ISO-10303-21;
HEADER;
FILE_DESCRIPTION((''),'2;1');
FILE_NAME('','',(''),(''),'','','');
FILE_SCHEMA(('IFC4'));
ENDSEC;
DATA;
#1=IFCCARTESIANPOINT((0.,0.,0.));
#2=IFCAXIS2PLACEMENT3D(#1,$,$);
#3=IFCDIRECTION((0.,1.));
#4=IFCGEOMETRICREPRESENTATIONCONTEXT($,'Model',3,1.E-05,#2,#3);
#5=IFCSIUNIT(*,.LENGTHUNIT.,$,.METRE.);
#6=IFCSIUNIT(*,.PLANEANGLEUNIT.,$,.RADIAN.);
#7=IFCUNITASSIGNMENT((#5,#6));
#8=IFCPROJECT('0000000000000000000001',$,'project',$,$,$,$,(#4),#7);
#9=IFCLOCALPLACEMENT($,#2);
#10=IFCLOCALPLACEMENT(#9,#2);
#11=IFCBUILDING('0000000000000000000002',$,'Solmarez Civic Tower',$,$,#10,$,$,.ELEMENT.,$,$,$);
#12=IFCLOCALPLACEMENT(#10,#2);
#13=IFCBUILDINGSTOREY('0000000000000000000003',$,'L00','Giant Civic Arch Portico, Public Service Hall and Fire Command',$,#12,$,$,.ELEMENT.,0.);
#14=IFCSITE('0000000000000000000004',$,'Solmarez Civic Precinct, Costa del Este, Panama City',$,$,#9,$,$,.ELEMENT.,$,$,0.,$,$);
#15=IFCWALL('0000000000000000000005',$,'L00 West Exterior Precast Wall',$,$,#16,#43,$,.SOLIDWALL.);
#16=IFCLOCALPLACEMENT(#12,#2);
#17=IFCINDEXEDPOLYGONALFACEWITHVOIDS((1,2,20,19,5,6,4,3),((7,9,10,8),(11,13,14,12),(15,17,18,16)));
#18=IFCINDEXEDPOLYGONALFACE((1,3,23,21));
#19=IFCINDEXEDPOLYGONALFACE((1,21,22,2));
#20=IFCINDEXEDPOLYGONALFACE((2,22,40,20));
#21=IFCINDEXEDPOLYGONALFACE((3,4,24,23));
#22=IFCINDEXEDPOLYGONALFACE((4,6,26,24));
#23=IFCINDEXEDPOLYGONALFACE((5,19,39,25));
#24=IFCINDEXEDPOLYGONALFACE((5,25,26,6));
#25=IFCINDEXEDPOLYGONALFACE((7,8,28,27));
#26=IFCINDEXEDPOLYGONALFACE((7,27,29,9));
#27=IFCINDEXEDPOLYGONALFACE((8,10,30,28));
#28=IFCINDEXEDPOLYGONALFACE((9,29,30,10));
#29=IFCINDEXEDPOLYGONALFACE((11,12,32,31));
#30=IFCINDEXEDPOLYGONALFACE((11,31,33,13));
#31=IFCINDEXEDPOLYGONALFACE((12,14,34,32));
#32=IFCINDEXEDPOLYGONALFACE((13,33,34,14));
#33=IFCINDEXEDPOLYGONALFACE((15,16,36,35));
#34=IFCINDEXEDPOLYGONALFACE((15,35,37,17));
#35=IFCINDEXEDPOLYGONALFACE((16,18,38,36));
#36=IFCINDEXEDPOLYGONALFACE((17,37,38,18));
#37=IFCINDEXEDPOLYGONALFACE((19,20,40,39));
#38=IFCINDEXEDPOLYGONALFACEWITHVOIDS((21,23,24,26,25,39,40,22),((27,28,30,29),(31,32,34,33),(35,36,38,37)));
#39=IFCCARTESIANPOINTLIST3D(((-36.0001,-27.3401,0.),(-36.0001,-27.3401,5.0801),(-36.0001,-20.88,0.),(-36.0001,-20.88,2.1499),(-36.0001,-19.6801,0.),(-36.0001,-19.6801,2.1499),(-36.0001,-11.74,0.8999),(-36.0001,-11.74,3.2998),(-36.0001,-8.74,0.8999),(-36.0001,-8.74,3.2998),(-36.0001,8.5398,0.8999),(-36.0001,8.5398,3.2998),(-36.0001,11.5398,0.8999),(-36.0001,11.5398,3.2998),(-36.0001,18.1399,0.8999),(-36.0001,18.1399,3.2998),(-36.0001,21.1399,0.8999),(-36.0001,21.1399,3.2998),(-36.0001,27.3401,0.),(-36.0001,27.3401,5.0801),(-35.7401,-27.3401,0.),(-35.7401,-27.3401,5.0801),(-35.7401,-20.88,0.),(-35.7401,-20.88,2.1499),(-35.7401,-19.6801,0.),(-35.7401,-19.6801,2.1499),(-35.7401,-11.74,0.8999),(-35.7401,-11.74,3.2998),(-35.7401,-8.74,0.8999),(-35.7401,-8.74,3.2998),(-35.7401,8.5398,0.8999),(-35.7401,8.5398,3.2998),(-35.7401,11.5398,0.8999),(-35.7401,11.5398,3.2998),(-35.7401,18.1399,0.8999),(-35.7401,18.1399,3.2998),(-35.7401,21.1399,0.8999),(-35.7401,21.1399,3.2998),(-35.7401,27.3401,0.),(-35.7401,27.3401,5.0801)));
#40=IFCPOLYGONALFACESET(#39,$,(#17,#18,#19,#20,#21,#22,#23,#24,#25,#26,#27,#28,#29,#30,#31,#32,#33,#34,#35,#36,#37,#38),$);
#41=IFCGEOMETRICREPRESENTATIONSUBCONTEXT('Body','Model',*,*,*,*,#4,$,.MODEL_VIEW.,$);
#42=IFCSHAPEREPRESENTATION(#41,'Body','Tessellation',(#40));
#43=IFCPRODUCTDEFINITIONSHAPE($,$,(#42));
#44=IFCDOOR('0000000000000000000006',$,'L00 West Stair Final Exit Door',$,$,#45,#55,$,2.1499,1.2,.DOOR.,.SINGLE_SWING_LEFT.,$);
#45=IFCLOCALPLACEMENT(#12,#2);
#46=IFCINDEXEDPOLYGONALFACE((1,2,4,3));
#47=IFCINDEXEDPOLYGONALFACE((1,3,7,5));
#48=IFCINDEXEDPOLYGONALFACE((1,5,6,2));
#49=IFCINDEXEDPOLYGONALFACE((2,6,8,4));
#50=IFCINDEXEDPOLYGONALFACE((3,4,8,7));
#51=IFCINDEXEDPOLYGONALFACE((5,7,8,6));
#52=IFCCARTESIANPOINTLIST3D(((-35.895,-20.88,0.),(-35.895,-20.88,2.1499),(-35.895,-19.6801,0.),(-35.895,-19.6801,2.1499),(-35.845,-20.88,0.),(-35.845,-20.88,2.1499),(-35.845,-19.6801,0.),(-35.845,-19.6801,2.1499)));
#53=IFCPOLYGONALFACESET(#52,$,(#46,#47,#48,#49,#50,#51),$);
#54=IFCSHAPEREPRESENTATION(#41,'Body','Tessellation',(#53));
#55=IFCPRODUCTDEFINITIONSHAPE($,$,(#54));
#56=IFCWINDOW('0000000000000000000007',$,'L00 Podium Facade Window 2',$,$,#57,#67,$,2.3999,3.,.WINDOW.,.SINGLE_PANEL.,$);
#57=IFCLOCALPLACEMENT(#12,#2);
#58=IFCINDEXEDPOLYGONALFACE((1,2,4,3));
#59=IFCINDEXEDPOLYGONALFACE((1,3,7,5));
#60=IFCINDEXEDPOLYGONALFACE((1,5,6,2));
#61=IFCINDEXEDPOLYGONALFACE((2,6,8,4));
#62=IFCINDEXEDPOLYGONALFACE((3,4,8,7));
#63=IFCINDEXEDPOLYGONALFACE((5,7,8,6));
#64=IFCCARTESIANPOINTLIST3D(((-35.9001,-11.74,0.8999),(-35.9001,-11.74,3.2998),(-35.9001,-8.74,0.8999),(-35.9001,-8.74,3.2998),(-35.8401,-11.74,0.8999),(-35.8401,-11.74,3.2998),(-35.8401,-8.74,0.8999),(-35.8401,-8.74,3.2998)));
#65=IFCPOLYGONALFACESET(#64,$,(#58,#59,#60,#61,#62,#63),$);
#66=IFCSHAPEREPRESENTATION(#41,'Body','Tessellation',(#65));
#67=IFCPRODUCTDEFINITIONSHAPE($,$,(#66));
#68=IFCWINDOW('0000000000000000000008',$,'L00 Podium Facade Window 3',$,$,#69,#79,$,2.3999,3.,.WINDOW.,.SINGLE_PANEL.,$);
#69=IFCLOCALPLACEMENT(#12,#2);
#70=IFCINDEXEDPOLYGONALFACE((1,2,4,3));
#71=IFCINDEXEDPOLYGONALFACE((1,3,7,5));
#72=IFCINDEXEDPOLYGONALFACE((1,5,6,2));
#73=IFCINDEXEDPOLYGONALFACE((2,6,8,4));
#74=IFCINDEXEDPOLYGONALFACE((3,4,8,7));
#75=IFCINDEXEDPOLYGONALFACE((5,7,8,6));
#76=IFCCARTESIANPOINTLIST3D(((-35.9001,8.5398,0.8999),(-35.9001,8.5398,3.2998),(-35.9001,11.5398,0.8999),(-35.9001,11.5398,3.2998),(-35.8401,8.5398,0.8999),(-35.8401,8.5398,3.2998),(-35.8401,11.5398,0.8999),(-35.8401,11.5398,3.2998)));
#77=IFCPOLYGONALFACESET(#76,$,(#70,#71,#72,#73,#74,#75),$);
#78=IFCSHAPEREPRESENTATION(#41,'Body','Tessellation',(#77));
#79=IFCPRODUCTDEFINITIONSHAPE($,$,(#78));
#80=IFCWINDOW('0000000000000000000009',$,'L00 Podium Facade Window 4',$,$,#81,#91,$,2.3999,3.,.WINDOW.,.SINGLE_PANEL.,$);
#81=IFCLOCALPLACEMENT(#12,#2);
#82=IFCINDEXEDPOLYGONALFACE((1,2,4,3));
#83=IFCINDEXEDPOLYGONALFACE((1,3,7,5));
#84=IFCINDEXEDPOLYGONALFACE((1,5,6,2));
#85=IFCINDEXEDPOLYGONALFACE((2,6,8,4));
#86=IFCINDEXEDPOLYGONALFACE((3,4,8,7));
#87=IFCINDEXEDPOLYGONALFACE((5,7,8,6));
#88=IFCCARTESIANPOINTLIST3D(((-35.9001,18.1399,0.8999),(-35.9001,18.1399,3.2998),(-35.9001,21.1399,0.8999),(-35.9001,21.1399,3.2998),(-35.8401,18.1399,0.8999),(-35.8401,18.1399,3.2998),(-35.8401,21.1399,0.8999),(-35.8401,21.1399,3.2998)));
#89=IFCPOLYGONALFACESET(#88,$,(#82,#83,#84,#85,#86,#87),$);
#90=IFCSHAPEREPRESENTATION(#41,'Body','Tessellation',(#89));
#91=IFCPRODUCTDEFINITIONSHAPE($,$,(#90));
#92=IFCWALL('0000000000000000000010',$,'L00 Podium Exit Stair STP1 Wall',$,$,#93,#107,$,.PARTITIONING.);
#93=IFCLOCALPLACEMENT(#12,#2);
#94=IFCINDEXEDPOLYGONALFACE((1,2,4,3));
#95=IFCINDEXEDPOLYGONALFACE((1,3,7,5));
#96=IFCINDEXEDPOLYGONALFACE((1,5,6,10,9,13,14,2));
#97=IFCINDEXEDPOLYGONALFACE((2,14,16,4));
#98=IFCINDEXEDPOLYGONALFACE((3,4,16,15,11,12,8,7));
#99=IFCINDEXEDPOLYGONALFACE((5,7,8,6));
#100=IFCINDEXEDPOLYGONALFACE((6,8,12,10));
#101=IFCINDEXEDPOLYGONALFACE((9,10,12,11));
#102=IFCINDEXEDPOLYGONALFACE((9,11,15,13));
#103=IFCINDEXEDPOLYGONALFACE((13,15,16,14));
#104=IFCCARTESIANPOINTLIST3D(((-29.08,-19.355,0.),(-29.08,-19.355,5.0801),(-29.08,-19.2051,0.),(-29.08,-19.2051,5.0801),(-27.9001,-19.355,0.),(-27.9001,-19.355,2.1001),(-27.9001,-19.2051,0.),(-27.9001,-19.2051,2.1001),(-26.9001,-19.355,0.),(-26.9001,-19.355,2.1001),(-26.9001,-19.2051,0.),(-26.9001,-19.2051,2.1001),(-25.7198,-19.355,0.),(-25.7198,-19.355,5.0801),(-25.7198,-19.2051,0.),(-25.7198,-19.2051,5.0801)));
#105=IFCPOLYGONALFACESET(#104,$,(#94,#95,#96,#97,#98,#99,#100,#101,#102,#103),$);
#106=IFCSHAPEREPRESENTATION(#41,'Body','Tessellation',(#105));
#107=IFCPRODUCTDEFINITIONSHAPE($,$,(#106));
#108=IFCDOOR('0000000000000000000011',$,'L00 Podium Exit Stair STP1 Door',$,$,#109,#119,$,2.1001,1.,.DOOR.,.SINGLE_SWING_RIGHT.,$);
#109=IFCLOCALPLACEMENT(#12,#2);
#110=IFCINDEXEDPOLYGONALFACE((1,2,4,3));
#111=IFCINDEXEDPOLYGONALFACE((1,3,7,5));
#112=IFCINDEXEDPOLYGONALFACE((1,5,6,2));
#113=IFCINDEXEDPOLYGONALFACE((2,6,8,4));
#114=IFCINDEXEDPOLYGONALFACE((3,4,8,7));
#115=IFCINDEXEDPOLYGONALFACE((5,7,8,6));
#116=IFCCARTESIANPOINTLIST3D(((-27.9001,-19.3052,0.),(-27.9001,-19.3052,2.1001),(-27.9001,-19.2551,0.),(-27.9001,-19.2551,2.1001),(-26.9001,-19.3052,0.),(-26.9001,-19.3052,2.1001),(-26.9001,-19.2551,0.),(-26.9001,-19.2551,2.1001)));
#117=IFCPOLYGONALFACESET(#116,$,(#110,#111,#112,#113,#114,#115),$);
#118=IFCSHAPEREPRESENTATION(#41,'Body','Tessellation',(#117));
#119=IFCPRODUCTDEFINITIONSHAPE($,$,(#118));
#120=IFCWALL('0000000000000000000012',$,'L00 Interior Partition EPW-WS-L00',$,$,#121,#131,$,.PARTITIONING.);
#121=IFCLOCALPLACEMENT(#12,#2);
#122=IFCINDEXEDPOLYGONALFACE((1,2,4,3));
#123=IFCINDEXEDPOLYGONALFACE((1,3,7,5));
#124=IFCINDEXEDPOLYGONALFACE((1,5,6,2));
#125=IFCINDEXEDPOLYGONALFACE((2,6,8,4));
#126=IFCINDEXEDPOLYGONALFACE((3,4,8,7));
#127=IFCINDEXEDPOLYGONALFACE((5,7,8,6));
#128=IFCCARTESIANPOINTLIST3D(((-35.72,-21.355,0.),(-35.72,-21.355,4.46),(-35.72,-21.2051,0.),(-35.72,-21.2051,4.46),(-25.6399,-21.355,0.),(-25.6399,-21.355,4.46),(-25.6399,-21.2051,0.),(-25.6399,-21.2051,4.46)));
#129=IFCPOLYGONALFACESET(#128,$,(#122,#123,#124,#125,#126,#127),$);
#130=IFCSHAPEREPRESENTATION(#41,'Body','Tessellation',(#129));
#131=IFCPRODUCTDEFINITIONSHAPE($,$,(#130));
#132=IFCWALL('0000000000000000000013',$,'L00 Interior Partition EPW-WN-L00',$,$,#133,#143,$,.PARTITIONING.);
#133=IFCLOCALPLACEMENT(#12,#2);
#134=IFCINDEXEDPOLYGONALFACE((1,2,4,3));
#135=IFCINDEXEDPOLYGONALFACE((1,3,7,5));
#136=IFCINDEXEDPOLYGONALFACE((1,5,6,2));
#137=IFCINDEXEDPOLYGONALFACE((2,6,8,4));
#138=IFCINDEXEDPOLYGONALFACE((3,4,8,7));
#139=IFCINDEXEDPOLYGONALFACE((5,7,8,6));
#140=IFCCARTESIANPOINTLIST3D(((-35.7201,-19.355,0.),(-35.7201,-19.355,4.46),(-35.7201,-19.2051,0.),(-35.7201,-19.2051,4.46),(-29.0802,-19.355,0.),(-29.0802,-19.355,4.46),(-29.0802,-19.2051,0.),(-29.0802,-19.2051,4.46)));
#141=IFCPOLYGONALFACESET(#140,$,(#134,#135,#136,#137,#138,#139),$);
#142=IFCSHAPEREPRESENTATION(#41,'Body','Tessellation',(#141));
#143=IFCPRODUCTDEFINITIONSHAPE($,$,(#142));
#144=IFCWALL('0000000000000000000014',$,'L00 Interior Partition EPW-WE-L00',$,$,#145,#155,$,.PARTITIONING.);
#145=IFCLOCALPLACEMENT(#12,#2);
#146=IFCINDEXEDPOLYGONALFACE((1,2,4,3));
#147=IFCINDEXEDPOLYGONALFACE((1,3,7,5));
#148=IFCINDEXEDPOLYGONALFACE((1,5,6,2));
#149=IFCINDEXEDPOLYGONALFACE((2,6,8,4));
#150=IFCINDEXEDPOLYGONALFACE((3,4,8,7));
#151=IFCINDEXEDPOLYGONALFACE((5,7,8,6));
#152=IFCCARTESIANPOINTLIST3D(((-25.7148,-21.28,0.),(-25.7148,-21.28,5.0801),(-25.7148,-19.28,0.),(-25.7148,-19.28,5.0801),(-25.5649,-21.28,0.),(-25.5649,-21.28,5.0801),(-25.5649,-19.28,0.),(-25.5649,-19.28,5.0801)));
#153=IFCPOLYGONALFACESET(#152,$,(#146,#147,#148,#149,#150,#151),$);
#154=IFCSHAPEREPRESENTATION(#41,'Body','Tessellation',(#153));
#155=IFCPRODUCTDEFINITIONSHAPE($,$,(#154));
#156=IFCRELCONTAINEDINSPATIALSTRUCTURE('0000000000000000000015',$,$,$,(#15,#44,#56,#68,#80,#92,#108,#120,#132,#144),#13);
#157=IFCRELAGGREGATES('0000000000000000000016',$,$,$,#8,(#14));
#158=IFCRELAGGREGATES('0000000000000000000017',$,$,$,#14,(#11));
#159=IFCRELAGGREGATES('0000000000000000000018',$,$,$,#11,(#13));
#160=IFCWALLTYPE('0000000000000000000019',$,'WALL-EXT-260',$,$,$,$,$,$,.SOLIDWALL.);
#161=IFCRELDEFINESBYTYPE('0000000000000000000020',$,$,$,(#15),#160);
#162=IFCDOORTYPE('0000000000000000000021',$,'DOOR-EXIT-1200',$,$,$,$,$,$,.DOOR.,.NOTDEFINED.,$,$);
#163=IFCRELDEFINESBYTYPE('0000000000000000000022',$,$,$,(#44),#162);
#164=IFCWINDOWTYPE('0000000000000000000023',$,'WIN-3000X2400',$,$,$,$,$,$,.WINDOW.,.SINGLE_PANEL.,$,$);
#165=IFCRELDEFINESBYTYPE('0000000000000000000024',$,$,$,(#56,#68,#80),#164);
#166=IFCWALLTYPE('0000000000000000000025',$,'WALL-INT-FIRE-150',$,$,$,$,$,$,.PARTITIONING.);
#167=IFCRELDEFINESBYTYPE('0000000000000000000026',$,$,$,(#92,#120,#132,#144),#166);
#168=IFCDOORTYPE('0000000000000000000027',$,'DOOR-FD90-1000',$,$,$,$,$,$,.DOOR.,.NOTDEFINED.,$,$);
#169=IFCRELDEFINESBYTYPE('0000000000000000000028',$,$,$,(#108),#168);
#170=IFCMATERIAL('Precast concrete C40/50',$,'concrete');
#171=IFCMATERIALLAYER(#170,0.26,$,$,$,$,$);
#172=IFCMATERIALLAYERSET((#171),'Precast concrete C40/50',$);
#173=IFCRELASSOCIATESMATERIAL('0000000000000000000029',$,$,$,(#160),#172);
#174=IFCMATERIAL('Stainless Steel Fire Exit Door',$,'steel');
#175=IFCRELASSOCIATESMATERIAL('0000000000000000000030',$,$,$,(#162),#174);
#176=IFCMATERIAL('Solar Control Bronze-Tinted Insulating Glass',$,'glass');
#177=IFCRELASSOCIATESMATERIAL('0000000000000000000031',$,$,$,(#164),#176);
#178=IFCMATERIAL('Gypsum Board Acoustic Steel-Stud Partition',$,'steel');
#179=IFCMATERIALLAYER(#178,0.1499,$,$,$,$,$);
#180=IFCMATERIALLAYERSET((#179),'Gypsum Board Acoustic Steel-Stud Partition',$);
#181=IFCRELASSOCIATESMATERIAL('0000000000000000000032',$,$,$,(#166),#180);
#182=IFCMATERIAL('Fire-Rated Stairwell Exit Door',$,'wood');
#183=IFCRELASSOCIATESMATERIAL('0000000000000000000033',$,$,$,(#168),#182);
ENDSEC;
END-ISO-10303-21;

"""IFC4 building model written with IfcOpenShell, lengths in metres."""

from ifc_helpers import new_model, si_unit, direction, frame, frame_2d, origin, place, context, subcontext, project, spatial, rectangle, extrude, material, layer, layer_set, type_object, element, fill, save


model = new_model("IFC4")

# Units and contexts
model_context = context("Model", 3, precision=1e-05, world=origin(), true_north=direction((0.0, 1.0)))
body_context = subcontext(model_context, "Body", "Model", "MODEL_VIEW")
ifc_project = project(units=[si_unit("LENGTHUNIT", "METRE"), si_unit("PLANEANGLEUNIT", "RADIAN")], contexts=[model_context])

# Site, building, storey
site_placement = place(None, origin())
site = spatial("IfcSite", under=ifc_project, at=site_placement, Name="Solmarez Civic Precinct, Costa del Este, Panama City", CompositionType="ELEMENT", RefElevation=0.0)
building_placement = place(site_placement, origin())
building = spatial("IfcBuilding", under=site, at=building_placement, Name="Solmarez Civic Tower", CompositionType="ELEMENT")
storey_placement = place(building_placement, origin())
storey = spatial("IfcBuildingStorey", under=building, at=storey_placement, Name="L00", Description="Giant Civic Arch Portico, Public Service Hall and Fire Command", CompositionType="ELEMENT", Elevation=0.0)

# Wall, openings, door, windows
ifc_material_1 = material(Name="Precast concrete C40/50", Category="concrete")
ifc_layer_1 = layer(ifc_material_1, 0.26)
ifc_layer_set_1 = layer_set([ifc_layer_1], Name="Precast concrete C40/50")
wall_type_1 = type_object("IfcWallType", Name="WALL-EXT-260", PredefinedType="SOLIDWALL", material=ifc_layer_set_1)
wall_1_placement = place(storey_placement, frame((-35.8701, -27.3401, 0.0), z_axis=(0.0, 0.0, 1.0), x_axis=(0.0, 1.0, 0.0)))
wall_1 = element("IfcWall", 1, at=wall_1_placement, inside=storey, type_object=wall_type_1, Name="L00 West Exterior Precast Wall", PredefinedType="SOLIDWALL", context=body_context, shape_type="SweptSolid", body=[
    extrude(rectangle(XDim=54.6802, YDim=0.26, at=frame_2d((27.3401, 0.0))), origin(), (0.0, 0.0, 1.0), 5.0801),
])
opening_1_placement = place(wall_1_placement, frame((6.46, 0.0, 0.0)))
opening_1 = element("IfcOpeningElement", 2, at=opening_1_placement, cuts=wall_1, PredefinedType="OPENING", context=body_context, shape_type="SweptSolid", body=[
    extrude(rectangle(XDim=1.2, YDim=2.1499, at=frame_2d((0.6001, 1.075))), frame((0.0, 0.1399, 0.0), z_axis=(0.0, -1.0, 0.0), x_axis=(1.0, 0.0, 0.0)), (0.0, 0.0, 1.0), 0.28),
])
opening_2_placement = place(wall_1_placement, frame((15.6001, 0.0, 0.8999)))
opening_2 = element("IfcOpeningElement", 3, at=opening_2_placement, cuts=wall_1, PredefinedType="OPENING", context=body_context, shape_type="SweptSolid", body=[
    extrude(rectangle(XDim=3.0, YDim=2.3999, at=frame_2d((1.5, 1.2))), frame((0.0, 0.1399, 0.0), z_axis=(0.0, -1.0, 0.0), x_axis=(1.0, 0.0, 0.0)), (0.0, 0.0, 1.0), 0.28),
])
opening_3_placement = place(wall_1_placement, frame((35.8799, 0.0, 0.8999)))
opening_3 = element("IfcOpeningElement", 4, at=opening_3_placement, cuts=wall_1, PredefinedType="OPENING", context=body_context, shape_type="SweptSolid", body=[
    extrude(rectangle(XDim=3.0, YDim=2.3999, at=frame_2d((1.5, 1.2))), frame((0.0, 0.1399, 0.0), z_axis=(0.0, -1.0, 0.0), x_axis=(1.0, 0.0, 0.0)), (0.0, 0.0, 1.0), 0.28),
])
opening_4_placement = place(wall_1_placement, frame((45.48, 0.0, 0.8999)))
opening_4 = element("IfcOpeningElement", 5, at=opening_4_placement, cuts=wall_1, PredefinedType="OPENING", context=body_context, shape_type="SweptSolid", body=[
    extrude(rectangle(XDim=3.0, YDim=2.3999, at=frame_2d((1.5, 1.2))), frame((0.0, 0.1399, 0.0), z_axis=(0.0, -1.0, 0.0), x_axis=(1.0, 0.0, 0.0)), (0.0, 0.0, 1.0), 0.28),
])
ifc_material_2 = material(Name="Stainless Steel Fire Exit Door", Category="steel")
door_type_1 = type_object("IfcDoorType", Name="DOOR-EXIT-1200", OperationType="NOTDEFINED", PredefinedType="DOOR", material=ifc_material_2)
door_1_placement = place(opening_1_placement, origin())
door_1 = element("IfcDoor", 6, at=door_1_placement, inside=storey, type_object=door_type_1, Name="L00 West Stair Final Exit Door", OperationType="SINGLE_SWING_LEFT", OverallHeight=2.1499, OverallWidth=1.2, PredefinedType="DOOR", context=body_context, shape_type="SweptSolid", body=[
    extrude(rectangle(XDim=1.2, YDim=2.1499, at=frame_2d((0.6001, 1.075))), frame((0.0, 0.0249, 0.0), z_axis=(0.0, -1.0, 0.0), x_axis=(1.0, 0.0, 0.0)), (0.0, 0.0, 1.0), 0.05),
])
fill(opening_1, door_1)
ifc_material_3 = material(Name="Solar Control Bronze-Tinted Insulating Glass", Category="glass")
window_type = type_object("IfcWindowType", Name="WIN-3000X2400", PartitioningType="SINGLE_PANEL", PredefinedType="WINDOW", material=ifc_material_3)
window_1_placement = place(opening_2_placement, origin())
window_1 = element("IfcWindow", 7, at=window_1_placement, inside=storey, type_object=window_type, Name="L00 Podium Facade Window 2", OverallHeight=2.3999, OverallWidth=3.0, PartitioningType="SINGLE_PANEL", PredefinedType="WINDOW", context=body_context, shape_type="SweptSolid", body=[
    extrude(rectangle(XDim=3.0, YDim=2.3999, at=frame_2d((1.5, 1.2))), frame((0.0, 0.03, 0.0), z_axis=(0.0, -1.0, 0.0), x_axis=(1.0, 0.0, 0.0)), (0.0, 0.0, 1.0), 0.0601),
])
fill(opening_2, window_1)
window_2_placement = place(opening_3_placement, origin())
window_2 = element("IfcWindow", 8, at=window_2_placement, inside=storey, type_object=window_type, Name="L00 Podium Facade Window 3", OverallHeight=2.3999, OverallWidth=3.0, PartitioningType="SINGLE_PANEL", PredefinedType="WINDOW", context=body_context, shape_type="SweptSolid", body=[
    extrude(rectangle(XDim=3.0, YDim=2.3999, at=frame_2d((1.5, 1.2))), frame((0.0, 0.03, 0.0), z_axis=(0.0, -1.0, 0.0), x_axis=(1.0, 0.0, 0.0)), (0.0, 0.0, 1.0), 0.0601),
])
fill(opening_3, window_2)
window_3_placement = place(opening_4_placement, origin())
window_3 = element("IfcWindow", 9, at=window_3_placement, inside=storey, type_object=window_type, Name="L00 Podium Facade Window 4", OverallHeight=2.3999, OverallWidth=3.0, PartitioningType="SINGLE_PANEL", PredefinedType="WINDOW", context=body_context, shape_type="SweptSolid", body=[
    extrude(rectangle(XDim=3.0, YDim=2.3999, at=frame_2d((1.5, 1.2))), frame((0.0, 0.03, 0.0), z_axis=(0.0, -1.0, 0.0), x_axis=(1.0, 0.0, 0.0)), (0.0, 0.0, 1.0), 0.0601),
])
fill(opening_4, window_3)

# Wall, opening, door
ifc_material_4 = material(Name="Gypsum Board Acoustic Steel-Stud Partition", Category="steel")
ifc_layer_2 = layer(ifc_material_4, 0.1499)
ifc_layer_set_2 = layer_set([ifc_layer_2], Name="Gypsum Board Acoustic Steel-Stud Partition")
wall_type_2 = type_object("IfcWallType", Name="WALL-INT-FIRE-150", PredefinedType="PARTITIONING", material=ifc_layer_set_2)
wall_2_placement = place(storey_placement, frame((-29.0801, -19.28, 0.0), z_axis=(0.0, 0.0, 1.0), x_axis=(1.0, 0.0, 0.0)))
wall_2 = element("IfcWall", 10, at=wall_2_placement, inside=storey, type_object=wall_type_2, Name="L00 Podium Exit Stair STP1 Wall", PredefinedType="PARTITIONING", context=body_context, shape_type="SweptSolid", body=[
    extrude(rectangle(XDim=3.3601, YDim=0.1499, at=frame_2d((1.6802, 0.0))), origin(), (0.0, 0.0, 1.0), 5.0801),
])
opening_5_placement = place(wall_2_placement, frame((1.1799, 0.0, 0.0)))
opening_5 = element("IfcOpeningElement", 11, at=opening_5_placement, cuts=wall_2, PredefinedType="OPENING", context=body_context, shape_type="SweptSolid", body=[
    extrude(rectangle(XDim=1.0, YDim=2.1001, at=frame_2d((0.5, 1.05))), frame((0.0, 0.085, 0.0), z_axis=(0.0, -1.0, 0.0), x_axis=(1.0, 0.0, 0.0)), (0.0, 0.0, 1.0), 0.1699),
])
ifc_material_5 = material(Name="Fire-Rated Stairwell Exit Door", Category="wood")
door_type_2 = type_object("IfcDoorType", Name="DOOR-FD90-1000", OperationType="NOTDEFINED", PredefinedType="DOOR", material=ifc_material_5)
door_2_placement = place(opening_5_placement, origin())
door_2 = element("IfcDoor", 12, at=door_2_placement, inside=storey, type_object=door_type_2, Name="L00 Podium Exit Stair STP1 Door", OperationType="SINGLE_SWING_RIGHT", OverallHeight=2.1001, OverallWidth=1.0, PredefinedType="DOOR", context=body_context, shape_type="SweptSolid", body=[
    extrude(rectangle(XDim=1.0, YDim=2.1001, at=frame_2d((0.5, 1.05))), frame((0.0, 0.0249, 0.0), z_axis=(0.0, -1.0, 0.0), x_axis=(1.0, 0.0, 0.0)), (0.0, 0.0, 1.0), 0.05),
])
fill(opening_5, door_2)

# Walls
wall_3_placement = place(storey_placement, frame((-35.72, -21.28, 0.0), z_axis=(0.0, 0.0, 1.0), x_axis=(1.0, 0.0, 0.0)))
element("IfcWall", 13, at=wall_3_placement, inside=storey, type_object=wall_type_2, Name="L00 Interior Partition EPW-WS-L00", PredefinedType="PARTITIONING", context=body_context, shape_type="SweptSolid", body=[
    extrude(rectangle(XDim=10.0801, YDim=0.1499, at=frame_2d((5.04, 0.0))), origin(), (0.0, 0.0, 1.0), 4.46),
])
wall_4_placement = place(storey_placement, frame((-35.72, -19.28, 0.0), z_axis=(0.0, 0.0, 1.0), x_axis=(1.0, 0.0, 0.0)))
element("IfcWall", 14, at=wall_4_placement, inside=storey, type_object=wall_type_2, Name="L00 Interior Partition EPW-WN-L00", PredefinedType="PARTITIONING", context=body_context, shape_type="SweptSolid", body=[
    extrude(rectangle(XDim=6.6399, YDim=0.1499, at=frame_2d((3.3198, 0.0))), origin(), (0.0, 0.0, 1.0), 4.46),
])
wall_5_placement = place(storey_placement, frame((-25.6399, -21.28, 0.0), z_axis=(0.0, 0.0, 1.0), x_axis=(0.0, 1.0, 0.0)))
element("IfcWall", 15, at=wall_5_placement, inside=storey, type_object=wall_type_2, Name="L00 Interior Partition EPW-WE-L00", PredefinedType="PARTITIONING", context=body_context, shape_type="SweptSolid", body=[
    extrude(rectangle(XDim=2.0, YDim=0.1499, at=frame_2d((1.0, 0.0))), origin(), (0.0, 0.0, 1.0), 5.0801),
])

save(model, "model.ifc")
